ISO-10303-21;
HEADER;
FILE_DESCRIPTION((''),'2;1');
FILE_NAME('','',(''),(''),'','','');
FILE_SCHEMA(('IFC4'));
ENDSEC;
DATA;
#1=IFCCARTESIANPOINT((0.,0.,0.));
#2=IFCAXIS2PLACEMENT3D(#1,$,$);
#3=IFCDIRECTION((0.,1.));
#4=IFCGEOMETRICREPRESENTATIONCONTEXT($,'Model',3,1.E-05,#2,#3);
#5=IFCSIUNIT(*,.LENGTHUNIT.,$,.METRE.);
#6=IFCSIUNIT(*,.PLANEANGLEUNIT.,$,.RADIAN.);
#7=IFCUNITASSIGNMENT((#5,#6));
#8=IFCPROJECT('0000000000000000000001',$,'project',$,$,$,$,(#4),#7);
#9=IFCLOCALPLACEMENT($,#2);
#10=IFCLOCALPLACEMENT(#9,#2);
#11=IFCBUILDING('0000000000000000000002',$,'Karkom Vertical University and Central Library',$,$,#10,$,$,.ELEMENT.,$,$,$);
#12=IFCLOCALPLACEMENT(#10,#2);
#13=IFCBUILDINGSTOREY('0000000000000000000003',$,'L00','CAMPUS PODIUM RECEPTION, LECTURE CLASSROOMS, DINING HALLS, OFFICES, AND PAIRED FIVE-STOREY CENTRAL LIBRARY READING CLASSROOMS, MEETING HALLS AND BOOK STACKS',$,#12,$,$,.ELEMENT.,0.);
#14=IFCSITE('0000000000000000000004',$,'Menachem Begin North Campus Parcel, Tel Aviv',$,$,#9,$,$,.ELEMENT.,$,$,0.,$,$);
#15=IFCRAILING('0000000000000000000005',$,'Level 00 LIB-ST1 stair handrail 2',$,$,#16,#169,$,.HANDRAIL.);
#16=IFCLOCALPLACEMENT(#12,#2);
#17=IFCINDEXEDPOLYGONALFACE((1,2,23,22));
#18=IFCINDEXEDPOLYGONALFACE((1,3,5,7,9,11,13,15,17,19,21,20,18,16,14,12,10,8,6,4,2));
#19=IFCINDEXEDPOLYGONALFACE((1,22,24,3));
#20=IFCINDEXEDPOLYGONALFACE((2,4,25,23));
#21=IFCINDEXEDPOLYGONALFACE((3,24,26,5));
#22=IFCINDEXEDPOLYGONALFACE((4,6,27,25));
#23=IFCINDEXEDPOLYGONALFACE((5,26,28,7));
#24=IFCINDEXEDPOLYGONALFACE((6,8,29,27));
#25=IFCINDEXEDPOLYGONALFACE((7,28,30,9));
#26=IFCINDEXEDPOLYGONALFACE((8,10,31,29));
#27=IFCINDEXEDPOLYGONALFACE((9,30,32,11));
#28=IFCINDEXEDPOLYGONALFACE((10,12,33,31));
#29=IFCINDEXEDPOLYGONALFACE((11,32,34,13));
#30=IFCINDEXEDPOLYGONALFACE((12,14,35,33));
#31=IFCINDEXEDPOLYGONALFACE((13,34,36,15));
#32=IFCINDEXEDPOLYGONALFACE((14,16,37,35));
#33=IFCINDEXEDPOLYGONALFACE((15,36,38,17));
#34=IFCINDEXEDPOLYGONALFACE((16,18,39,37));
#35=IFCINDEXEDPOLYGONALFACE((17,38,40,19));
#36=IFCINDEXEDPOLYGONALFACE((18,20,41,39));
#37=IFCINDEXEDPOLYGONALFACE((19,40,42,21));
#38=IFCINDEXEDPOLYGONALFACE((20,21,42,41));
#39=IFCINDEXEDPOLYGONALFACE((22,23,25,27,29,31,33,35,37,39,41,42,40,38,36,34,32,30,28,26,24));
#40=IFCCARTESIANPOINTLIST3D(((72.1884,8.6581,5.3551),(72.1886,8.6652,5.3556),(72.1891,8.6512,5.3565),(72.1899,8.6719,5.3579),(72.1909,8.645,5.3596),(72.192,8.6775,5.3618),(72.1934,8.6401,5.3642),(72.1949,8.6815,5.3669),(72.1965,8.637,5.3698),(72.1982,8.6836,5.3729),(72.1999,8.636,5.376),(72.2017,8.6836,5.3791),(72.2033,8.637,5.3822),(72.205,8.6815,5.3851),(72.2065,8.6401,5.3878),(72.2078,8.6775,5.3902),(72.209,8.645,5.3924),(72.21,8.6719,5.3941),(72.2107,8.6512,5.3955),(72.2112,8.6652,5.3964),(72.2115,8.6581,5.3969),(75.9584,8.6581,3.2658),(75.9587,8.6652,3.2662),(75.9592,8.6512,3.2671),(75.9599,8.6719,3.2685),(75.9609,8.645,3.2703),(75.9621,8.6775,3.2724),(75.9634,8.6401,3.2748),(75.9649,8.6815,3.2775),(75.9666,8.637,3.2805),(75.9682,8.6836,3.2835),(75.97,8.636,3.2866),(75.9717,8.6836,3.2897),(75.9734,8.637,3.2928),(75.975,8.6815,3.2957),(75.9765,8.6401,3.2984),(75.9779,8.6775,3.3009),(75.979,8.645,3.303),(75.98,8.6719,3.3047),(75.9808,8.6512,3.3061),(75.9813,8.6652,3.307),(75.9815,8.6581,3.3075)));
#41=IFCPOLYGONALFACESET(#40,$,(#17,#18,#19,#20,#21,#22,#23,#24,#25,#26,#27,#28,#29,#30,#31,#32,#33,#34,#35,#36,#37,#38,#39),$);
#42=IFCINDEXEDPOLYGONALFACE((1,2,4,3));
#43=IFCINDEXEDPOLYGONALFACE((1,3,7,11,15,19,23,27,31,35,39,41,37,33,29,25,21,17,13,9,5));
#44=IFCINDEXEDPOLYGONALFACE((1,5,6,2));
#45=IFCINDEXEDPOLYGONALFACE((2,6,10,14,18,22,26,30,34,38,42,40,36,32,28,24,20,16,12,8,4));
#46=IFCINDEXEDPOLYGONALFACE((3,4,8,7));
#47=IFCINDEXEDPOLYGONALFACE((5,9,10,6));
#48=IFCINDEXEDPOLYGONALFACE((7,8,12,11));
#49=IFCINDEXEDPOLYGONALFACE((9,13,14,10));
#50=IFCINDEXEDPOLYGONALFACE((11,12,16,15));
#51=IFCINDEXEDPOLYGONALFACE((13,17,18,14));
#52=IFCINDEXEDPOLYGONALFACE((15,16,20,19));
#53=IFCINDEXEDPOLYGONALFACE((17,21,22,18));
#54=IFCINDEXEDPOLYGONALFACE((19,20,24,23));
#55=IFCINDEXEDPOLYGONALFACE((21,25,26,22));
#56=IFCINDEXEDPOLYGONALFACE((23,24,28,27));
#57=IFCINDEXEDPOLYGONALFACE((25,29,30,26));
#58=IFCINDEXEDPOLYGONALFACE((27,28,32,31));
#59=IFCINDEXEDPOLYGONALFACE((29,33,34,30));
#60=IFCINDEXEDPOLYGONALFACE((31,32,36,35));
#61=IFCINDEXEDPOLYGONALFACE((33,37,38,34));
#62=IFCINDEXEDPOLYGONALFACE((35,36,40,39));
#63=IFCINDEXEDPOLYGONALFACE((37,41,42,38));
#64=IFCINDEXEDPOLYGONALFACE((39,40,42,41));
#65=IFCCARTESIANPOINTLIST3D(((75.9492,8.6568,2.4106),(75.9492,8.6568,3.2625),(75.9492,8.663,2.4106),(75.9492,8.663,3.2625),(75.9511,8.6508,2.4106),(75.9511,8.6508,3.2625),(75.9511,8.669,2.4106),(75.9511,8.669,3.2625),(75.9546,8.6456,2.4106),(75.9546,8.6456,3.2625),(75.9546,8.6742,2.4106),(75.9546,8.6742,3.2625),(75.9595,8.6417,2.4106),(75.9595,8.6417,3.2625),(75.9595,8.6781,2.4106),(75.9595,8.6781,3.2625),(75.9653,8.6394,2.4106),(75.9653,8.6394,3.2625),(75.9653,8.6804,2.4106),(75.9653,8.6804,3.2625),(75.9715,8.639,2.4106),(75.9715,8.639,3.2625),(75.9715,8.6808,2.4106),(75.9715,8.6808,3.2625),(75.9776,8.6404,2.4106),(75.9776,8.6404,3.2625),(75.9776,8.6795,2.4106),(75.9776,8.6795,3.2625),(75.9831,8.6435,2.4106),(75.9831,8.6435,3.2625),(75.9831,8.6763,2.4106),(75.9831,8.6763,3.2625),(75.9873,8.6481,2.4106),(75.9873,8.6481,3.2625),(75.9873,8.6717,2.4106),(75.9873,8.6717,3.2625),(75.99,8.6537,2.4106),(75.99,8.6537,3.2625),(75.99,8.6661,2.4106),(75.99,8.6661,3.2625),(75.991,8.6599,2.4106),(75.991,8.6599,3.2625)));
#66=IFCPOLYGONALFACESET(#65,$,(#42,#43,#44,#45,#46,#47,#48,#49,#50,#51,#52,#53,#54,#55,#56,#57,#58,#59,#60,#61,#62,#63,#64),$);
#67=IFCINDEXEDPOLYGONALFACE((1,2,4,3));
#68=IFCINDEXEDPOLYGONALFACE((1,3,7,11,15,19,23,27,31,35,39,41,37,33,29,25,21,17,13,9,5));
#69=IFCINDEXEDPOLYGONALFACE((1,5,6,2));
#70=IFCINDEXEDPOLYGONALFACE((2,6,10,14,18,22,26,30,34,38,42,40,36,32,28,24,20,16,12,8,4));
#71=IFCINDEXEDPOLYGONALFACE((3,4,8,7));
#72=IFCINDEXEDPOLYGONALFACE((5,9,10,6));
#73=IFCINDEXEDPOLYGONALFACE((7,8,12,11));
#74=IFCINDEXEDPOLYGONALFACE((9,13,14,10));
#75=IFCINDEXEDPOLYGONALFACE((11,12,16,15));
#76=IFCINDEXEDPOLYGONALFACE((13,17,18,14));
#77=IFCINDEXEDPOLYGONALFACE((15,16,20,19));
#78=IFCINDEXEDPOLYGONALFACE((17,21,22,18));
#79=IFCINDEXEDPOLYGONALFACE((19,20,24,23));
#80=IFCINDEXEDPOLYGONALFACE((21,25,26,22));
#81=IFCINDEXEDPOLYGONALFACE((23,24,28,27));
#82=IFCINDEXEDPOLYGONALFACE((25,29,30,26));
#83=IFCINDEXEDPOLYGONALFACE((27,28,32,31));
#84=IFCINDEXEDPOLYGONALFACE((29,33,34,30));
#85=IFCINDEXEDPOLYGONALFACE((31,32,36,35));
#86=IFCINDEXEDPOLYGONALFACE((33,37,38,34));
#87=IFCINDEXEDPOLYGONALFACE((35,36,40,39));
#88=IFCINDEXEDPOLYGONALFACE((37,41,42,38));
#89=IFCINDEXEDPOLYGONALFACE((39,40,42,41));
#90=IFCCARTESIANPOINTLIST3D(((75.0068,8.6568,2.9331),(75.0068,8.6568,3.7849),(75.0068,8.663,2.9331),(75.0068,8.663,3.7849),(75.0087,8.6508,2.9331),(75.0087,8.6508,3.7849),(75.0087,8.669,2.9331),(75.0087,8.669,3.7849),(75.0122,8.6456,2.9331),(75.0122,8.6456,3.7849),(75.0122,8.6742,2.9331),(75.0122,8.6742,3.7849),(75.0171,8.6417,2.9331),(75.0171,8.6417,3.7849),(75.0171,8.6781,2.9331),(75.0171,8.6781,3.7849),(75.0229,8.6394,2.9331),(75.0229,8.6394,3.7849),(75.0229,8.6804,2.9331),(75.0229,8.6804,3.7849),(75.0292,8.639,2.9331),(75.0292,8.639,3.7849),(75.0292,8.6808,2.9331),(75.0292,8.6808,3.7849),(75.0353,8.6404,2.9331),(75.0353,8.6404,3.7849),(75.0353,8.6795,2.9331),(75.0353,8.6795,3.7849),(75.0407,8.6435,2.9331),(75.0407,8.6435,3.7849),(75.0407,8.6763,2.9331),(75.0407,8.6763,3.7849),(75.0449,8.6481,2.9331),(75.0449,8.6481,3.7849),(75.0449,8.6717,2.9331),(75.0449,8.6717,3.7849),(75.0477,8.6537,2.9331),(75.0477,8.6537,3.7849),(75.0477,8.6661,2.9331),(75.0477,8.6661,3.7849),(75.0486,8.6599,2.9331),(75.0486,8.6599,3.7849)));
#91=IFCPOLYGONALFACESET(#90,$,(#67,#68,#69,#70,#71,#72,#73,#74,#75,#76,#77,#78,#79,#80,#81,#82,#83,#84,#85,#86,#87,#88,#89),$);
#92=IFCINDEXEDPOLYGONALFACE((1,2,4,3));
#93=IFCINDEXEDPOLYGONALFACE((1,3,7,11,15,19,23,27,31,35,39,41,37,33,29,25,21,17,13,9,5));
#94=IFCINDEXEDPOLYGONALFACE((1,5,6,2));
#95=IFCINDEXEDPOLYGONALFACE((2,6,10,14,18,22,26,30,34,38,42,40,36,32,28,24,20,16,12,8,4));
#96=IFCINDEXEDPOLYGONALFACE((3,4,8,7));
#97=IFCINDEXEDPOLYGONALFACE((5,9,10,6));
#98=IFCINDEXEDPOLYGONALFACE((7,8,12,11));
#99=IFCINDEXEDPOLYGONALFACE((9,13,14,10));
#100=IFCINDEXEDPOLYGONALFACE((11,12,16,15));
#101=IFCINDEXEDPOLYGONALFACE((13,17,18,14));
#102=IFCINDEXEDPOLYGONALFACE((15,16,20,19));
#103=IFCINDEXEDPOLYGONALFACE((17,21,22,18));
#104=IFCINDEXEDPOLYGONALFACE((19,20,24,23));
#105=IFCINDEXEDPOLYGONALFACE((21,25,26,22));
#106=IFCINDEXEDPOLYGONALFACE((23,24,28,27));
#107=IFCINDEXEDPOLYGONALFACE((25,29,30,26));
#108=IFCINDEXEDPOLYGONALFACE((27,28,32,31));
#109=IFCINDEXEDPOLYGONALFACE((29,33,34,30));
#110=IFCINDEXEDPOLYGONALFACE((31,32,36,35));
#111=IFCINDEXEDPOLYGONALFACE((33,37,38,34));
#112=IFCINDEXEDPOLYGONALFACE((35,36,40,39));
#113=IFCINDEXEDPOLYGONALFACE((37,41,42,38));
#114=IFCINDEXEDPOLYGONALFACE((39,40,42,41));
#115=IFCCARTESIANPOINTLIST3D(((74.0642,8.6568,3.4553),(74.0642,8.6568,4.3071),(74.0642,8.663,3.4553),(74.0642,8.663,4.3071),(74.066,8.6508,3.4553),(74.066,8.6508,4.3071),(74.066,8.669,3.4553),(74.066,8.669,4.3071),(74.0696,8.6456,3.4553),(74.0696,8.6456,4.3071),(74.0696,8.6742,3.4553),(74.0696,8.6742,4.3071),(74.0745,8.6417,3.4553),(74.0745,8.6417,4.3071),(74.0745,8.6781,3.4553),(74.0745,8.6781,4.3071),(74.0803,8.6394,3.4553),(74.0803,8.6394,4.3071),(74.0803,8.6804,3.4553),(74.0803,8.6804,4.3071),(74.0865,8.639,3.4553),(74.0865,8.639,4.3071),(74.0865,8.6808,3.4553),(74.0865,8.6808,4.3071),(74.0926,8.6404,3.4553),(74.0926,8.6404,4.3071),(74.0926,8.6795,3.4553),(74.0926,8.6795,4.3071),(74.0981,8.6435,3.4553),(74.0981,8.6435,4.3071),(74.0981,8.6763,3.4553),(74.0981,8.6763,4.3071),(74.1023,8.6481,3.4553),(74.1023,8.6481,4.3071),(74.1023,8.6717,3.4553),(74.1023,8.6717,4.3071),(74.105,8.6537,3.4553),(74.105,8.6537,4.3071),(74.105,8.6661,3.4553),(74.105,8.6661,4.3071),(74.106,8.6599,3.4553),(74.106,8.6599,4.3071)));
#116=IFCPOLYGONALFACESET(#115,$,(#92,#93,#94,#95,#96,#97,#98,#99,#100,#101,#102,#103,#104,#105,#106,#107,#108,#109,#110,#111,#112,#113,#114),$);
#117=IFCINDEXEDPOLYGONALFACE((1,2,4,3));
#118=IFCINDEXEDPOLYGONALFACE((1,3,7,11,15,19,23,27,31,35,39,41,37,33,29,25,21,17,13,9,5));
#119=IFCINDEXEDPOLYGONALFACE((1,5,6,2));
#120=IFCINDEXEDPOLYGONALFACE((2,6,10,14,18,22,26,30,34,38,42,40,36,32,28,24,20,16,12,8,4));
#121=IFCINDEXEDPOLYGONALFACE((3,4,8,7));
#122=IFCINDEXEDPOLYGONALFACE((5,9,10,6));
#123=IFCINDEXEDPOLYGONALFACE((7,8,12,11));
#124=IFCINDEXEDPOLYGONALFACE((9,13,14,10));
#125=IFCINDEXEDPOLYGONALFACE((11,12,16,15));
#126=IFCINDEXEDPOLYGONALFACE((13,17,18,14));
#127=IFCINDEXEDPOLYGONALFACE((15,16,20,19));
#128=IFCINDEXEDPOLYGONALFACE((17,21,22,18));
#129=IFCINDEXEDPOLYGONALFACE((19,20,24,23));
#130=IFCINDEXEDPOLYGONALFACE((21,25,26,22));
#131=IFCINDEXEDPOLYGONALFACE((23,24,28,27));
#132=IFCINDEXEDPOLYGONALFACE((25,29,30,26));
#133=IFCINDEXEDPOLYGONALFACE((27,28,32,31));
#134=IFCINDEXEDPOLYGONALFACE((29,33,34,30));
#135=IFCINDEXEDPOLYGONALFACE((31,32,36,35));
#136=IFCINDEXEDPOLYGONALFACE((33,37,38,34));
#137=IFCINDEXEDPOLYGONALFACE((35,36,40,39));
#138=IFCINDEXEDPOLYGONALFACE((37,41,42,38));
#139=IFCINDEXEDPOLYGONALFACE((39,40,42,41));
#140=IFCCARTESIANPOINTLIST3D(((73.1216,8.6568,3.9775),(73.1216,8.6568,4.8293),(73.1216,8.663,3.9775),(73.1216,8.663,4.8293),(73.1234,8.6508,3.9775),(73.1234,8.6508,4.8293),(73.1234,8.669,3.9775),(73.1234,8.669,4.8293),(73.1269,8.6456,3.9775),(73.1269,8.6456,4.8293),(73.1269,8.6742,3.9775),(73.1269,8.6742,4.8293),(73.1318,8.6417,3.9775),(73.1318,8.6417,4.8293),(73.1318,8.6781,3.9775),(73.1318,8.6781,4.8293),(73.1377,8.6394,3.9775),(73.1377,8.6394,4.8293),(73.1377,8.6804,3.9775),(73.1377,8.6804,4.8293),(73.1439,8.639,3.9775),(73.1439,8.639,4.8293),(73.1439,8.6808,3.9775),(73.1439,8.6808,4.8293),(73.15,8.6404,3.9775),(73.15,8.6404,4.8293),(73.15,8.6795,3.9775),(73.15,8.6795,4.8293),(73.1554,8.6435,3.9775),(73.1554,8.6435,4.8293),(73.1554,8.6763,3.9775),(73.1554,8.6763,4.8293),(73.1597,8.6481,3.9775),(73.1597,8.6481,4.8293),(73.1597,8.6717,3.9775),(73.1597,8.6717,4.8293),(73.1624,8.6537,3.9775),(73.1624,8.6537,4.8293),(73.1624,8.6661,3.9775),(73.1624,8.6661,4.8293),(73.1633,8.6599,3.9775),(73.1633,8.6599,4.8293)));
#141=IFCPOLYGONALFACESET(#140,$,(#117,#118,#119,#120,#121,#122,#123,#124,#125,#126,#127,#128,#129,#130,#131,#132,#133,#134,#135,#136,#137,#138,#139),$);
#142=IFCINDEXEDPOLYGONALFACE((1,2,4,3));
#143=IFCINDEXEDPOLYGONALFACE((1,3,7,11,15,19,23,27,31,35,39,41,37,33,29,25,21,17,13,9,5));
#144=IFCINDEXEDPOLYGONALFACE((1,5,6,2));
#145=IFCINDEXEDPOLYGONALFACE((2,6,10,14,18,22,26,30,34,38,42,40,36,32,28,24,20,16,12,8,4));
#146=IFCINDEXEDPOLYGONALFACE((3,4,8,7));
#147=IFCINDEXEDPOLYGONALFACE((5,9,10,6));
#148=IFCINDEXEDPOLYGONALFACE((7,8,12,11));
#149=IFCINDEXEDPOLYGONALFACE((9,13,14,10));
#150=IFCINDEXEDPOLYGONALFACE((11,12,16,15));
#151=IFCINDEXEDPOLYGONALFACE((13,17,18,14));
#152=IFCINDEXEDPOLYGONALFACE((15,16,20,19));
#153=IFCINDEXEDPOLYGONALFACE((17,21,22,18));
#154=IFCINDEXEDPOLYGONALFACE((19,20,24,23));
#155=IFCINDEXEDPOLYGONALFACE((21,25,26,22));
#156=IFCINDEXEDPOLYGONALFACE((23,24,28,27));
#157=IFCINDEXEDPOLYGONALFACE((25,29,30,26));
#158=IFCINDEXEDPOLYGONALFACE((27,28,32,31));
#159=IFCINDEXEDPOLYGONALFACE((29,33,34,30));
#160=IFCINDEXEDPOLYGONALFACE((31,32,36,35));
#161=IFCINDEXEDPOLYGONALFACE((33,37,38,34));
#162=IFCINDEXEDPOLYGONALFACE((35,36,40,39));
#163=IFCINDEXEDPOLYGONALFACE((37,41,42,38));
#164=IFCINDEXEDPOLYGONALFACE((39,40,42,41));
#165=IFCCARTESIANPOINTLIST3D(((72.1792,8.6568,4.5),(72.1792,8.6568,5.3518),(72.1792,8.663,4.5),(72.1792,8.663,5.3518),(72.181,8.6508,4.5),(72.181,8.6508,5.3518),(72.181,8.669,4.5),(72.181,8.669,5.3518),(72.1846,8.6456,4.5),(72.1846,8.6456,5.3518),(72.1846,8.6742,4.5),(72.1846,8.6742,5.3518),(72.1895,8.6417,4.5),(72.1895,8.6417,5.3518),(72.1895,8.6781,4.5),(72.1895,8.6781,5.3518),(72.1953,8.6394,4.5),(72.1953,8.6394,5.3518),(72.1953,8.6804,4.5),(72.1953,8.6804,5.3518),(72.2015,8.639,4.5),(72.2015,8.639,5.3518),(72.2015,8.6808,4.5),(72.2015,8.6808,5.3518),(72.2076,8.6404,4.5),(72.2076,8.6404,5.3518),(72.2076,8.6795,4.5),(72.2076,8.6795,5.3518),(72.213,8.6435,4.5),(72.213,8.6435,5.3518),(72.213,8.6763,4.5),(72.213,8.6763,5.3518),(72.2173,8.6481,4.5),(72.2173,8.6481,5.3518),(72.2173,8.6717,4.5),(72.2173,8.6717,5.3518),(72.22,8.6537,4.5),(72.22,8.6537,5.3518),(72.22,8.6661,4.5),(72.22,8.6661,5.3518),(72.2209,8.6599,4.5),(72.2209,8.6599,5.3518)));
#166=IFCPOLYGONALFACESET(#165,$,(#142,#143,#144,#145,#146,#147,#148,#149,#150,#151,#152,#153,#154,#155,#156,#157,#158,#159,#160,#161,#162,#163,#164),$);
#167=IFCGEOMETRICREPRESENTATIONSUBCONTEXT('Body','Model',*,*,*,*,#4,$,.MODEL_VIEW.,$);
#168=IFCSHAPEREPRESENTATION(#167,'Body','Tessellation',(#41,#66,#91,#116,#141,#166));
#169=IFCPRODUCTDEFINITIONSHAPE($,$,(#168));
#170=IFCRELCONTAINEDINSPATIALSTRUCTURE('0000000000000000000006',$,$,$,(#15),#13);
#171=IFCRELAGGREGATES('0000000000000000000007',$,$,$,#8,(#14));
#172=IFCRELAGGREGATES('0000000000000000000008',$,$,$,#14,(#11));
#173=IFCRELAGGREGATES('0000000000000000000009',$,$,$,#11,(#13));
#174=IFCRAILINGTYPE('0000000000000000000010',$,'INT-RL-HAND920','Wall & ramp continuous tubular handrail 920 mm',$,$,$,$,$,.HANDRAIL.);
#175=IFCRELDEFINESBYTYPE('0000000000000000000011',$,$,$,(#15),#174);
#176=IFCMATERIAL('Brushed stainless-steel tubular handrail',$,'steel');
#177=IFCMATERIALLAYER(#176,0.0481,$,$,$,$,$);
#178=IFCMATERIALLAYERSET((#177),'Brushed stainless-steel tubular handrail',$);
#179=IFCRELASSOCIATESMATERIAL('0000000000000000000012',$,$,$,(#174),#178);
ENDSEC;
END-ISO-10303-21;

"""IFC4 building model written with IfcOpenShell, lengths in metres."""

from ifc_helpers import new_model, si_unit, direction, frame, origin, origin_2d, place, context, subcontext, project, spatial, circle, extrude, material, layer, layer_set, type_object, element, save


model = new_model("IFC4")

# Units and contexts
model_context = context("Model", 3, precision=1e-05, world=origin(), true_north=direction((0.0, 1.0)))
body_context = subcontext(model_context, "Body", "Model", "MODEL_VIEW")
ifc_project = project(units=[si_unit("LENGTHUNIT", "METRE"), si_unit("PLANEANGLEUNIT", "RADIAN")], contexts=[model_context])

# Site, building, storey
site_placement = place(None, origin())
site = spatial("IfcSite", under=ifc_project, at=site_placement, Name="Menachem Begin North Campus Parcel, Tel Aviv", CompositionType="ELEMENT", RefElevation=0.0)
building_placement = place(site_placement, origin())
building = spatial("IfcBuilding", under=site, at=building_placement, Name="Karkom Vertical University and Central Library", CompositionType="ELEMENT")
storey_placement = place(building_placement, origin())
storey = spatial("IfcBuildingStorey", under=building, at=storey_placement, Name="L00", Description="CAMPUS PODIUM RECEPTION, LECTURE CLASSROOMS, DINING HALLS, OFFICES, AND PAIRED FIVE-STOREY CENTRAL LIBRARY READING CLASSROOMS, MEETING HALLS AND BOOK STACKS", CompositionType="ELEMENT", Elevation=0.0)

# Railing
ifc_material_1 = material(Name="Brushed stainless-steel tubular handrail", Category="steel")
ifc_layer_1 = layer(ifc_material_1, 0.0481)
ifc_layer_set_1 = layer_set([ifc_layer_1], Name="Brushed stainless-steel tubular handrail")
railing_type_1 = type_object("IfcRailingType", Name="INT-RL-HAND920", Description="Wall & ramp continuous tubular handrail 920 mm", PredefinedType="HANDRAIL", material=ifc_layer_set_1)
railing_1_placement = place(storey_placement, frame((75.97, 8.6599, 2.4106)))
element("IfcRailing", 1, at=railing_1_placement, inside=storey, type_object=railing_type_1, Name="Level 00 LIB-ST1 stair handrail 2", PredefinedType="HANDRAIL", context=body_context, shape_type="SweptSolid", body=[
    extrude(circle(Radius=0.0239, at=origin_2d()), frame((0.0, 0.0, 0.876), z_axis=(-0.874659, 0.0, 0.484739), x_axis=(0.0, -1.0, 0.0)), (0.0, 0.0, 1.0), 4.3103),
    extrude(circle(Radius=0.021, at=origin_2d()), origin(), (0.0, 0.0, 1.0), 0.8518),
    extrude(circle(Radius=0.021, at=origin_2d()), frame((-0.9424, 0.0, 0.5225)), (0.0, 0.0, 1.0), 0.8518),
    extrude(circle(Radius=0.021, at=origin_2d()), frame((-1.885, 0.0, 1.0447)), (0.0, 0.0, 1.0), 0.8518),
    extrude(circle(Radius=0.021, at=origin_2d()), frame((-2.8276, 0.0, 1.5669)), (0.0, 0.0, 1.0), 0.8518),
    extrude(circle(Radius=0.021, at=origin_2d()), frame((-3.77, 0.0, 2.0894)), (0.0, 0.0, 1.0), 0.8518),
])

save(model, "model.ifc")
